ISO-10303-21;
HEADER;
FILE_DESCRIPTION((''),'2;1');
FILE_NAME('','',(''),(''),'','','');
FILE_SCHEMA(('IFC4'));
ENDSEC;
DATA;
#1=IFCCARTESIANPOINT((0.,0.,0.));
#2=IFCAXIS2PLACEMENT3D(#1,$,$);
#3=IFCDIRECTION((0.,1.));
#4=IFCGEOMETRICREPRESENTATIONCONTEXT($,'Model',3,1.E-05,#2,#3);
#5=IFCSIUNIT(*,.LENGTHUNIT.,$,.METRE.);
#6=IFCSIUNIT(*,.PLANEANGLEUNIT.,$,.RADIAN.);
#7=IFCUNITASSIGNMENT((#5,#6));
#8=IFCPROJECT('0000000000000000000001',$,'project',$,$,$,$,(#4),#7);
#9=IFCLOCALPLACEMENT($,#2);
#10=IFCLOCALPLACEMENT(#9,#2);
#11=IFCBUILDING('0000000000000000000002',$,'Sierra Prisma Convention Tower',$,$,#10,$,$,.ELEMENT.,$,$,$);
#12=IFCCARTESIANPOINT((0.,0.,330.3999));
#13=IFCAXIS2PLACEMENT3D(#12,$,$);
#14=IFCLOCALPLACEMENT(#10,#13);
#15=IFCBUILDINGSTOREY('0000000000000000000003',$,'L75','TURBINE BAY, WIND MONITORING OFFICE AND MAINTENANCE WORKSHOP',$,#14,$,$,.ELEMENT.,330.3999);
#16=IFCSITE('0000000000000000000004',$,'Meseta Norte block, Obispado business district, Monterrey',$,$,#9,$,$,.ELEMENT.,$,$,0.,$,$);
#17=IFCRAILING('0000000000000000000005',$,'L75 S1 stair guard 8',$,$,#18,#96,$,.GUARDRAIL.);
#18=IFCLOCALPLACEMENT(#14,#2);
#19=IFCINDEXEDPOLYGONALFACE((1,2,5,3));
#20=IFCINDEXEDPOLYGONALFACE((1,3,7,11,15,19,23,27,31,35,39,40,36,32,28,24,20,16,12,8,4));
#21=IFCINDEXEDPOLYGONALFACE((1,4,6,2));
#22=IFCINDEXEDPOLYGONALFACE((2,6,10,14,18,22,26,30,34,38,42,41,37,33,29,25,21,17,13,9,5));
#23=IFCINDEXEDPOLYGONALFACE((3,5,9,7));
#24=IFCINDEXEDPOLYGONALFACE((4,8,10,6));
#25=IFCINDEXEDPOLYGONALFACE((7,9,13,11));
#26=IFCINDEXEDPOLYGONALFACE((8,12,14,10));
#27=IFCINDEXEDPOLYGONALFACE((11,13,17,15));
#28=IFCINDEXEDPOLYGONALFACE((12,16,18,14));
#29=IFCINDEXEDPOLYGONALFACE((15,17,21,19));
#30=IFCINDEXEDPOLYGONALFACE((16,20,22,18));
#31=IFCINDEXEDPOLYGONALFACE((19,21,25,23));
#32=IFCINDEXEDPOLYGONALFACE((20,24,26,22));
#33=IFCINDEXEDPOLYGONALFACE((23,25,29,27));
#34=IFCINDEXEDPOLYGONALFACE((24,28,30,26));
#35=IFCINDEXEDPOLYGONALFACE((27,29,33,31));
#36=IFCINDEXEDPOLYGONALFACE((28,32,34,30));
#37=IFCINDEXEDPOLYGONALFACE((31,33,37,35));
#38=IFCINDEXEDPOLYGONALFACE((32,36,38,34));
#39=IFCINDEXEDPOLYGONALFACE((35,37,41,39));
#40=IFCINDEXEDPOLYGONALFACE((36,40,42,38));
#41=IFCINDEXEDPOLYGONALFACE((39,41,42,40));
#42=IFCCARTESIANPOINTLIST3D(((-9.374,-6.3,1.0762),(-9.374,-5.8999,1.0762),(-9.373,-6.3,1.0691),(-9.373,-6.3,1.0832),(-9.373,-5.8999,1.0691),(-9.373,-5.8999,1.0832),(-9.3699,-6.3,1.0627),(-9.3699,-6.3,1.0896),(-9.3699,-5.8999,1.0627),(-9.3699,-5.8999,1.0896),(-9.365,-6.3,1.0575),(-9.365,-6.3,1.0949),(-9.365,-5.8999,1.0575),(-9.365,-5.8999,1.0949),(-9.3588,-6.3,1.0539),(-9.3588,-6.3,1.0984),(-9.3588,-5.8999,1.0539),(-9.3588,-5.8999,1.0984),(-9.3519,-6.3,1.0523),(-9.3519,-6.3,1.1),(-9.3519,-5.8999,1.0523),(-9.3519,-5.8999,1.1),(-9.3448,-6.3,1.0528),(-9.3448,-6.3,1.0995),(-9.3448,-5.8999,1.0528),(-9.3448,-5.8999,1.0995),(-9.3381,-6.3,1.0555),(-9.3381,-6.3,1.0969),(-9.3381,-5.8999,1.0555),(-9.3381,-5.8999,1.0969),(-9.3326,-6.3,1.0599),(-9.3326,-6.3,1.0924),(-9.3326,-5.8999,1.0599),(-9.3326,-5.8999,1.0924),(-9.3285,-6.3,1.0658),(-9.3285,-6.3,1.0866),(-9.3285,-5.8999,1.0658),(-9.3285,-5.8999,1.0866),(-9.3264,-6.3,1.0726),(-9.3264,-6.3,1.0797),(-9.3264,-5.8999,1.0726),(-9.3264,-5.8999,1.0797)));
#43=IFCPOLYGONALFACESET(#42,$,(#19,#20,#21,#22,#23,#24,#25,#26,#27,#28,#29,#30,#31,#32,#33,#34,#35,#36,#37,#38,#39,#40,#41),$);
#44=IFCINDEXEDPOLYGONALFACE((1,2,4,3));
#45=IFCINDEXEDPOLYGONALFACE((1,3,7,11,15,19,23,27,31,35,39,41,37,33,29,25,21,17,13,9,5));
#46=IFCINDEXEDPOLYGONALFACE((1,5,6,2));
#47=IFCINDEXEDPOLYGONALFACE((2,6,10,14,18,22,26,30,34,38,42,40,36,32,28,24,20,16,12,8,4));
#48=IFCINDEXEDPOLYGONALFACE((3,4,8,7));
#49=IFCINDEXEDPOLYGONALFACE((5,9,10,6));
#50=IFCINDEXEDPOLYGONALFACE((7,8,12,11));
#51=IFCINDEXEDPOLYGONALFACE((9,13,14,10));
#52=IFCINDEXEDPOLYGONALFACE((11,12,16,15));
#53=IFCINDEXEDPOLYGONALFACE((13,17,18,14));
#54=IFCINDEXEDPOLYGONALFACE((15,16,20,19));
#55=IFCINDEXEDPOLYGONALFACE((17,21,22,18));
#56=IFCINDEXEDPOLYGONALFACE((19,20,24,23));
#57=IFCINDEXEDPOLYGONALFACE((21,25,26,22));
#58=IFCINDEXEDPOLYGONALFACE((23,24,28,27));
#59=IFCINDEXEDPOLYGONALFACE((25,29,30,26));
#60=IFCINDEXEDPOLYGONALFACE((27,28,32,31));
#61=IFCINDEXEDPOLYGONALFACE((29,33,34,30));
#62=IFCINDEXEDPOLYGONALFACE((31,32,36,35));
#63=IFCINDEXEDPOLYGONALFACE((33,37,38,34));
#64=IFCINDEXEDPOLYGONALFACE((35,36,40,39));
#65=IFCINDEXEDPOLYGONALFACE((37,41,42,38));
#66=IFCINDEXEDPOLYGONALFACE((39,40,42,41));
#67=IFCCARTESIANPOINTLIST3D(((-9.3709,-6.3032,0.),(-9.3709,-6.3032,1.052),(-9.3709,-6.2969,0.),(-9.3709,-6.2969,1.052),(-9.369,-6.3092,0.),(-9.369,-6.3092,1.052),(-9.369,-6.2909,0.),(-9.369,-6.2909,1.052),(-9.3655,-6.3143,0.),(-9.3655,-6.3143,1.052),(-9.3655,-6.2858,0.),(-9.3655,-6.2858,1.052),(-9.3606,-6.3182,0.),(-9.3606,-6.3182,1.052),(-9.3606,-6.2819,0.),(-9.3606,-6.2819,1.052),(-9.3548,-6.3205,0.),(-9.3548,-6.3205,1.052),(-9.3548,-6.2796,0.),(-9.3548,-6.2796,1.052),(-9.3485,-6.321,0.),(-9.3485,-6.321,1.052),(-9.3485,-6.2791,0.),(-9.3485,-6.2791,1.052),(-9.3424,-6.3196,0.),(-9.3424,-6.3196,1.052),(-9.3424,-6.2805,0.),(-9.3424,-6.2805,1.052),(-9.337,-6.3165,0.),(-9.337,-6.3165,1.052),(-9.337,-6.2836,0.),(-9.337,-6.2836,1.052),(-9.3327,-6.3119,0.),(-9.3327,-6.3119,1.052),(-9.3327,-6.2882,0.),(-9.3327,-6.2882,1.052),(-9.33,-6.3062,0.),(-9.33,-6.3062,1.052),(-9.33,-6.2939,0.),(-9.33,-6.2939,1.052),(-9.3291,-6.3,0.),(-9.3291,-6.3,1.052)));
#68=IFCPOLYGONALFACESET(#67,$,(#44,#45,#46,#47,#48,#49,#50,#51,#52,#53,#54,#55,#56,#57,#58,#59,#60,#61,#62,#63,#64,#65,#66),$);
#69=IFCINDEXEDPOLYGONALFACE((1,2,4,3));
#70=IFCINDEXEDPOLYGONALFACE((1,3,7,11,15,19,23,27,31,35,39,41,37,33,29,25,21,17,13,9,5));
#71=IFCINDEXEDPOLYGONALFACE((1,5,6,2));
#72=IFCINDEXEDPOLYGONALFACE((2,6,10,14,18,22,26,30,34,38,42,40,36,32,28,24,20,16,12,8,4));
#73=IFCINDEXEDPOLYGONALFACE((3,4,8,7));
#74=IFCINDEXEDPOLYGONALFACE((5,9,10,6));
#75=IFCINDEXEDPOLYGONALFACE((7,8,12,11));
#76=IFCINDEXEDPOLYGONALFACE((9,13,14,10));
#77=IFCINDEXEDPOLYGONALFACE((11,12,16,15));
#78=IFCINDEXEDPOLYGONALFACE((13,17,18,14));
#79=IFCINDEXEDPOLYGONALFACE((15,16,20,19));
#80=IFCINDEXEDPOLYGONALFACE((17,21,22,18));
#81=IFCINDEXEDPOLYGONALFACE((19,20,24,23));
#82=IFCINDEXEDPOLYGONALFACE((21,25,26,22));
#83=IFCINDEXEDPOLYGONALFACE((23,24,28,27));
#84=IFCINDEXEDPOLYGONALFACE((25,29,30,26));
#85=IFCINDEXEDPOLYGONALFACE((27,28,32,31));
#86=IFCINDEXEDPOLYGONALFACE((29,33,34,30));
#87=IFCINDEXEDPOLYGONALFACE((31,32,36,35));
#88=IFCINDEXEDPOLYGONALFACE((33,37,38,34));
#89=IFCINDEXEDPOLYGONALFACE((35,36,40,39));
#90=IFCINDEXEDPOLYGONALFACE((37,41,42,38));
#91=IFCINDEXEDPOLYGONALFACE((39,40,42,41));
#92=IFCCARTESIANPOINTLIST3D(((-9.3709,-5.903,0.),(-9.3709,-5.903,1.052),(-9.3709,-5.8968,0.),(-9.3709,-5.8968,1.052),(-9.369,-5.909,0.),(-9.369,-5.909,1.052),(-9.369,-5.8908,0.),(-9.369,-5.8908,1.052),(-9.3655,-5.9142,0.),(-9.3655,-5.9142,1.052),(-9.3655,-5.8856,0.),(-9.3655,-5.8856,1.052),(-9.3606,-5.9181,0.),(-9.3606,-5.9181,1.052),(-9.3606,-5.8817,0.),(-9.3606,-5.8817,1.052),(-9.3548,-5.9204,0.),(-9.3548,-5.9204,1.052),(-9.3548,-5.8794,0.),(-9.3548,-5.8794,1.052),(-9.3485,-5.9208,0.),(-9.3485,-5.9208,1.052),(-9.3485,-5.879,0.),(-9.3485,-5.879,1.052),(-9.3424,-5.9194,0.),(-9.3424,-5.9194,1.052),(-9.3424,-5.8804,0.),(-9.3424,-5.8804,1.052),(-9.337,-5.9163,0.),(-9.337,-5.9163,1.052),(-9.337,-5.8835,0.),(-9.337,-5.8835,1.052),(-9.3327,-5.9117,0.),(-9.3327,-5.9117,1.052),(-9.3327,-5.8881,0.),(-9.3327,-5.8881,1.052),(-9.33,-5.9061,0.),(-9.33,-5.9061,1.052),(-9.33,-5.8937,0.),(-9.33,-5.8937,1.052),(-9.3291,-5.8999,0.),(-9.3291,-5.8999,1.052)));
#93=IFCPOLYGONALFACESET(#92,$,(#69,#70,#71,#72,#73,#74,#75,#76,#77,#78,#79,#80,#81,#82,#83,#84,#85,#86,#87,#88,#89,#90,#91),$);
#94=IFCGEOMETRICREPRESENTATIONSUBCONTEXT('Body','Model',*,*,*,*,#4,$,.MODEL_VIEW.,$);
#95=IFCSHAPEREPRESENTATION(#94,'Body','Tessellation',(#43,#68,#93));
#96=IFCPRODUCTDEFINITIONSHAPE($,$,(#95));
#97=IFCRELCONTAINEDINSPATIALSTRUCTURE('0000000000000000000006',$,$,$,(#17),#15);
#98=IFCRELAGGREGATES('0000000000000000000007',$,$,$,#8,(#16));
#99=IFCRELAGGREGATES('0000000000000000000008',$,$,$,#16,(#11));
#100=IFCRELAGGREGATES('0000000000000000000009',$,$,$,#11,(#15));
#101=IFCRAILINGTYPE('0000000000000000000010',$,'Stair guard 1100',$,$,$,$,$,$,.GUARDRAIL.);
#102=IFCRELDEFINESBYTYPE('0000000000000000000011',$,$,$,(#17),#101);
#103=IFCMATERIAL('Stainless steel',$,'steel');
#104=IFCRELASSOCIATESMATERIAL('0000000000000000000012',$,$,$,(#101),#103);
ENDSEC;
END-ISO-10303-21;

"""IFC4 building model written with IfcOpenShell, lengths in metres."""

from ifc_helpers import new_model, si_unit, direction, frame, origin, origin_2d, place, context, subcontext, project, spatial, circle, extrude, material, type_object, element, save


model = new_model("IFC4")

# Units and contexts
model_context = context("Model", 3, precision=1e-05, world=origin(), true_north=direction((0.0, 1.0)))
body_context = subcontext(model_context, "Body", "Model", "MODEL_VIEW")
ifc_project = project(units=[si_unit("LENGTHUNIT", "METRE"), si_unit("PLANEANGLEUNIT", "RADIAN")], contexts=[model_context])

# Site, building, storey
site_placement = place(None, origin())
site = spatial("IfcSite", under=ifc_project, at=site_placement, Name="Meseta Norte block, Obispado business district, Monterrey", CompositionType="ELEMENT", RefElevation=0.0)
building_placement = place(site_placement, origin())
building = spatial("IfcBuilding", under=site, at=building_placement, Name="Sierra Prisma Convention Tower", CompositionType="ELEMENT")
storey_placement = place(building_placement, frame((0.0, 0.0, 330.3999)))
storey = spatial("IfcBuildingStorey", under=building, at=storey_placement, Name="L75", Description="TURBINE BAY, WIND MONITORING OFFICE AND MAINTENANCE WORKSHOP", CompositionType="ELEMENT", Elevation=330.3999)

# Railing
ifc_material_1 = material(Name="Stainless steel", Category="steel")
railing_type_1 = type_object("IfcRailingType", Name="Stair guard 1100", PredefinedType="GUARDRAIL", material=ifc_material_1)
railing_1_placement = place(storey_placement, frame((-9.3501, -6.3, 0.0)))
element("IfcRailing", 1, at=railing_1_placement, inside=storey, type_object=railing_type_1, Name="L75 S1 stair guard 8", PredefinedType="GUARDRAIL", context=body_context, shape_type="SweptSolid", body=[
    extrude(circle(Radius=0.0239, at=origin_2d()), frame((0.0, 0.0, 1.0762), z_axis=(0.0, 1.0, 0.0), x_axis=(-1.0, 0.0, 0.0)), (0.0, 0.0, 1.0), 0.4001),
    extrude(circle(Radius=0.021, at=origin_2d()), origin(), (0.0, 0.0, 1.0), 1.052),
    extrude(circle(Radius=0.021, at=origin_2d()), frame((0.0, 0.4001, 0.0)), (0.0, 0.0, 1.0), 1.052),
])

save(model, "model.ifc")
